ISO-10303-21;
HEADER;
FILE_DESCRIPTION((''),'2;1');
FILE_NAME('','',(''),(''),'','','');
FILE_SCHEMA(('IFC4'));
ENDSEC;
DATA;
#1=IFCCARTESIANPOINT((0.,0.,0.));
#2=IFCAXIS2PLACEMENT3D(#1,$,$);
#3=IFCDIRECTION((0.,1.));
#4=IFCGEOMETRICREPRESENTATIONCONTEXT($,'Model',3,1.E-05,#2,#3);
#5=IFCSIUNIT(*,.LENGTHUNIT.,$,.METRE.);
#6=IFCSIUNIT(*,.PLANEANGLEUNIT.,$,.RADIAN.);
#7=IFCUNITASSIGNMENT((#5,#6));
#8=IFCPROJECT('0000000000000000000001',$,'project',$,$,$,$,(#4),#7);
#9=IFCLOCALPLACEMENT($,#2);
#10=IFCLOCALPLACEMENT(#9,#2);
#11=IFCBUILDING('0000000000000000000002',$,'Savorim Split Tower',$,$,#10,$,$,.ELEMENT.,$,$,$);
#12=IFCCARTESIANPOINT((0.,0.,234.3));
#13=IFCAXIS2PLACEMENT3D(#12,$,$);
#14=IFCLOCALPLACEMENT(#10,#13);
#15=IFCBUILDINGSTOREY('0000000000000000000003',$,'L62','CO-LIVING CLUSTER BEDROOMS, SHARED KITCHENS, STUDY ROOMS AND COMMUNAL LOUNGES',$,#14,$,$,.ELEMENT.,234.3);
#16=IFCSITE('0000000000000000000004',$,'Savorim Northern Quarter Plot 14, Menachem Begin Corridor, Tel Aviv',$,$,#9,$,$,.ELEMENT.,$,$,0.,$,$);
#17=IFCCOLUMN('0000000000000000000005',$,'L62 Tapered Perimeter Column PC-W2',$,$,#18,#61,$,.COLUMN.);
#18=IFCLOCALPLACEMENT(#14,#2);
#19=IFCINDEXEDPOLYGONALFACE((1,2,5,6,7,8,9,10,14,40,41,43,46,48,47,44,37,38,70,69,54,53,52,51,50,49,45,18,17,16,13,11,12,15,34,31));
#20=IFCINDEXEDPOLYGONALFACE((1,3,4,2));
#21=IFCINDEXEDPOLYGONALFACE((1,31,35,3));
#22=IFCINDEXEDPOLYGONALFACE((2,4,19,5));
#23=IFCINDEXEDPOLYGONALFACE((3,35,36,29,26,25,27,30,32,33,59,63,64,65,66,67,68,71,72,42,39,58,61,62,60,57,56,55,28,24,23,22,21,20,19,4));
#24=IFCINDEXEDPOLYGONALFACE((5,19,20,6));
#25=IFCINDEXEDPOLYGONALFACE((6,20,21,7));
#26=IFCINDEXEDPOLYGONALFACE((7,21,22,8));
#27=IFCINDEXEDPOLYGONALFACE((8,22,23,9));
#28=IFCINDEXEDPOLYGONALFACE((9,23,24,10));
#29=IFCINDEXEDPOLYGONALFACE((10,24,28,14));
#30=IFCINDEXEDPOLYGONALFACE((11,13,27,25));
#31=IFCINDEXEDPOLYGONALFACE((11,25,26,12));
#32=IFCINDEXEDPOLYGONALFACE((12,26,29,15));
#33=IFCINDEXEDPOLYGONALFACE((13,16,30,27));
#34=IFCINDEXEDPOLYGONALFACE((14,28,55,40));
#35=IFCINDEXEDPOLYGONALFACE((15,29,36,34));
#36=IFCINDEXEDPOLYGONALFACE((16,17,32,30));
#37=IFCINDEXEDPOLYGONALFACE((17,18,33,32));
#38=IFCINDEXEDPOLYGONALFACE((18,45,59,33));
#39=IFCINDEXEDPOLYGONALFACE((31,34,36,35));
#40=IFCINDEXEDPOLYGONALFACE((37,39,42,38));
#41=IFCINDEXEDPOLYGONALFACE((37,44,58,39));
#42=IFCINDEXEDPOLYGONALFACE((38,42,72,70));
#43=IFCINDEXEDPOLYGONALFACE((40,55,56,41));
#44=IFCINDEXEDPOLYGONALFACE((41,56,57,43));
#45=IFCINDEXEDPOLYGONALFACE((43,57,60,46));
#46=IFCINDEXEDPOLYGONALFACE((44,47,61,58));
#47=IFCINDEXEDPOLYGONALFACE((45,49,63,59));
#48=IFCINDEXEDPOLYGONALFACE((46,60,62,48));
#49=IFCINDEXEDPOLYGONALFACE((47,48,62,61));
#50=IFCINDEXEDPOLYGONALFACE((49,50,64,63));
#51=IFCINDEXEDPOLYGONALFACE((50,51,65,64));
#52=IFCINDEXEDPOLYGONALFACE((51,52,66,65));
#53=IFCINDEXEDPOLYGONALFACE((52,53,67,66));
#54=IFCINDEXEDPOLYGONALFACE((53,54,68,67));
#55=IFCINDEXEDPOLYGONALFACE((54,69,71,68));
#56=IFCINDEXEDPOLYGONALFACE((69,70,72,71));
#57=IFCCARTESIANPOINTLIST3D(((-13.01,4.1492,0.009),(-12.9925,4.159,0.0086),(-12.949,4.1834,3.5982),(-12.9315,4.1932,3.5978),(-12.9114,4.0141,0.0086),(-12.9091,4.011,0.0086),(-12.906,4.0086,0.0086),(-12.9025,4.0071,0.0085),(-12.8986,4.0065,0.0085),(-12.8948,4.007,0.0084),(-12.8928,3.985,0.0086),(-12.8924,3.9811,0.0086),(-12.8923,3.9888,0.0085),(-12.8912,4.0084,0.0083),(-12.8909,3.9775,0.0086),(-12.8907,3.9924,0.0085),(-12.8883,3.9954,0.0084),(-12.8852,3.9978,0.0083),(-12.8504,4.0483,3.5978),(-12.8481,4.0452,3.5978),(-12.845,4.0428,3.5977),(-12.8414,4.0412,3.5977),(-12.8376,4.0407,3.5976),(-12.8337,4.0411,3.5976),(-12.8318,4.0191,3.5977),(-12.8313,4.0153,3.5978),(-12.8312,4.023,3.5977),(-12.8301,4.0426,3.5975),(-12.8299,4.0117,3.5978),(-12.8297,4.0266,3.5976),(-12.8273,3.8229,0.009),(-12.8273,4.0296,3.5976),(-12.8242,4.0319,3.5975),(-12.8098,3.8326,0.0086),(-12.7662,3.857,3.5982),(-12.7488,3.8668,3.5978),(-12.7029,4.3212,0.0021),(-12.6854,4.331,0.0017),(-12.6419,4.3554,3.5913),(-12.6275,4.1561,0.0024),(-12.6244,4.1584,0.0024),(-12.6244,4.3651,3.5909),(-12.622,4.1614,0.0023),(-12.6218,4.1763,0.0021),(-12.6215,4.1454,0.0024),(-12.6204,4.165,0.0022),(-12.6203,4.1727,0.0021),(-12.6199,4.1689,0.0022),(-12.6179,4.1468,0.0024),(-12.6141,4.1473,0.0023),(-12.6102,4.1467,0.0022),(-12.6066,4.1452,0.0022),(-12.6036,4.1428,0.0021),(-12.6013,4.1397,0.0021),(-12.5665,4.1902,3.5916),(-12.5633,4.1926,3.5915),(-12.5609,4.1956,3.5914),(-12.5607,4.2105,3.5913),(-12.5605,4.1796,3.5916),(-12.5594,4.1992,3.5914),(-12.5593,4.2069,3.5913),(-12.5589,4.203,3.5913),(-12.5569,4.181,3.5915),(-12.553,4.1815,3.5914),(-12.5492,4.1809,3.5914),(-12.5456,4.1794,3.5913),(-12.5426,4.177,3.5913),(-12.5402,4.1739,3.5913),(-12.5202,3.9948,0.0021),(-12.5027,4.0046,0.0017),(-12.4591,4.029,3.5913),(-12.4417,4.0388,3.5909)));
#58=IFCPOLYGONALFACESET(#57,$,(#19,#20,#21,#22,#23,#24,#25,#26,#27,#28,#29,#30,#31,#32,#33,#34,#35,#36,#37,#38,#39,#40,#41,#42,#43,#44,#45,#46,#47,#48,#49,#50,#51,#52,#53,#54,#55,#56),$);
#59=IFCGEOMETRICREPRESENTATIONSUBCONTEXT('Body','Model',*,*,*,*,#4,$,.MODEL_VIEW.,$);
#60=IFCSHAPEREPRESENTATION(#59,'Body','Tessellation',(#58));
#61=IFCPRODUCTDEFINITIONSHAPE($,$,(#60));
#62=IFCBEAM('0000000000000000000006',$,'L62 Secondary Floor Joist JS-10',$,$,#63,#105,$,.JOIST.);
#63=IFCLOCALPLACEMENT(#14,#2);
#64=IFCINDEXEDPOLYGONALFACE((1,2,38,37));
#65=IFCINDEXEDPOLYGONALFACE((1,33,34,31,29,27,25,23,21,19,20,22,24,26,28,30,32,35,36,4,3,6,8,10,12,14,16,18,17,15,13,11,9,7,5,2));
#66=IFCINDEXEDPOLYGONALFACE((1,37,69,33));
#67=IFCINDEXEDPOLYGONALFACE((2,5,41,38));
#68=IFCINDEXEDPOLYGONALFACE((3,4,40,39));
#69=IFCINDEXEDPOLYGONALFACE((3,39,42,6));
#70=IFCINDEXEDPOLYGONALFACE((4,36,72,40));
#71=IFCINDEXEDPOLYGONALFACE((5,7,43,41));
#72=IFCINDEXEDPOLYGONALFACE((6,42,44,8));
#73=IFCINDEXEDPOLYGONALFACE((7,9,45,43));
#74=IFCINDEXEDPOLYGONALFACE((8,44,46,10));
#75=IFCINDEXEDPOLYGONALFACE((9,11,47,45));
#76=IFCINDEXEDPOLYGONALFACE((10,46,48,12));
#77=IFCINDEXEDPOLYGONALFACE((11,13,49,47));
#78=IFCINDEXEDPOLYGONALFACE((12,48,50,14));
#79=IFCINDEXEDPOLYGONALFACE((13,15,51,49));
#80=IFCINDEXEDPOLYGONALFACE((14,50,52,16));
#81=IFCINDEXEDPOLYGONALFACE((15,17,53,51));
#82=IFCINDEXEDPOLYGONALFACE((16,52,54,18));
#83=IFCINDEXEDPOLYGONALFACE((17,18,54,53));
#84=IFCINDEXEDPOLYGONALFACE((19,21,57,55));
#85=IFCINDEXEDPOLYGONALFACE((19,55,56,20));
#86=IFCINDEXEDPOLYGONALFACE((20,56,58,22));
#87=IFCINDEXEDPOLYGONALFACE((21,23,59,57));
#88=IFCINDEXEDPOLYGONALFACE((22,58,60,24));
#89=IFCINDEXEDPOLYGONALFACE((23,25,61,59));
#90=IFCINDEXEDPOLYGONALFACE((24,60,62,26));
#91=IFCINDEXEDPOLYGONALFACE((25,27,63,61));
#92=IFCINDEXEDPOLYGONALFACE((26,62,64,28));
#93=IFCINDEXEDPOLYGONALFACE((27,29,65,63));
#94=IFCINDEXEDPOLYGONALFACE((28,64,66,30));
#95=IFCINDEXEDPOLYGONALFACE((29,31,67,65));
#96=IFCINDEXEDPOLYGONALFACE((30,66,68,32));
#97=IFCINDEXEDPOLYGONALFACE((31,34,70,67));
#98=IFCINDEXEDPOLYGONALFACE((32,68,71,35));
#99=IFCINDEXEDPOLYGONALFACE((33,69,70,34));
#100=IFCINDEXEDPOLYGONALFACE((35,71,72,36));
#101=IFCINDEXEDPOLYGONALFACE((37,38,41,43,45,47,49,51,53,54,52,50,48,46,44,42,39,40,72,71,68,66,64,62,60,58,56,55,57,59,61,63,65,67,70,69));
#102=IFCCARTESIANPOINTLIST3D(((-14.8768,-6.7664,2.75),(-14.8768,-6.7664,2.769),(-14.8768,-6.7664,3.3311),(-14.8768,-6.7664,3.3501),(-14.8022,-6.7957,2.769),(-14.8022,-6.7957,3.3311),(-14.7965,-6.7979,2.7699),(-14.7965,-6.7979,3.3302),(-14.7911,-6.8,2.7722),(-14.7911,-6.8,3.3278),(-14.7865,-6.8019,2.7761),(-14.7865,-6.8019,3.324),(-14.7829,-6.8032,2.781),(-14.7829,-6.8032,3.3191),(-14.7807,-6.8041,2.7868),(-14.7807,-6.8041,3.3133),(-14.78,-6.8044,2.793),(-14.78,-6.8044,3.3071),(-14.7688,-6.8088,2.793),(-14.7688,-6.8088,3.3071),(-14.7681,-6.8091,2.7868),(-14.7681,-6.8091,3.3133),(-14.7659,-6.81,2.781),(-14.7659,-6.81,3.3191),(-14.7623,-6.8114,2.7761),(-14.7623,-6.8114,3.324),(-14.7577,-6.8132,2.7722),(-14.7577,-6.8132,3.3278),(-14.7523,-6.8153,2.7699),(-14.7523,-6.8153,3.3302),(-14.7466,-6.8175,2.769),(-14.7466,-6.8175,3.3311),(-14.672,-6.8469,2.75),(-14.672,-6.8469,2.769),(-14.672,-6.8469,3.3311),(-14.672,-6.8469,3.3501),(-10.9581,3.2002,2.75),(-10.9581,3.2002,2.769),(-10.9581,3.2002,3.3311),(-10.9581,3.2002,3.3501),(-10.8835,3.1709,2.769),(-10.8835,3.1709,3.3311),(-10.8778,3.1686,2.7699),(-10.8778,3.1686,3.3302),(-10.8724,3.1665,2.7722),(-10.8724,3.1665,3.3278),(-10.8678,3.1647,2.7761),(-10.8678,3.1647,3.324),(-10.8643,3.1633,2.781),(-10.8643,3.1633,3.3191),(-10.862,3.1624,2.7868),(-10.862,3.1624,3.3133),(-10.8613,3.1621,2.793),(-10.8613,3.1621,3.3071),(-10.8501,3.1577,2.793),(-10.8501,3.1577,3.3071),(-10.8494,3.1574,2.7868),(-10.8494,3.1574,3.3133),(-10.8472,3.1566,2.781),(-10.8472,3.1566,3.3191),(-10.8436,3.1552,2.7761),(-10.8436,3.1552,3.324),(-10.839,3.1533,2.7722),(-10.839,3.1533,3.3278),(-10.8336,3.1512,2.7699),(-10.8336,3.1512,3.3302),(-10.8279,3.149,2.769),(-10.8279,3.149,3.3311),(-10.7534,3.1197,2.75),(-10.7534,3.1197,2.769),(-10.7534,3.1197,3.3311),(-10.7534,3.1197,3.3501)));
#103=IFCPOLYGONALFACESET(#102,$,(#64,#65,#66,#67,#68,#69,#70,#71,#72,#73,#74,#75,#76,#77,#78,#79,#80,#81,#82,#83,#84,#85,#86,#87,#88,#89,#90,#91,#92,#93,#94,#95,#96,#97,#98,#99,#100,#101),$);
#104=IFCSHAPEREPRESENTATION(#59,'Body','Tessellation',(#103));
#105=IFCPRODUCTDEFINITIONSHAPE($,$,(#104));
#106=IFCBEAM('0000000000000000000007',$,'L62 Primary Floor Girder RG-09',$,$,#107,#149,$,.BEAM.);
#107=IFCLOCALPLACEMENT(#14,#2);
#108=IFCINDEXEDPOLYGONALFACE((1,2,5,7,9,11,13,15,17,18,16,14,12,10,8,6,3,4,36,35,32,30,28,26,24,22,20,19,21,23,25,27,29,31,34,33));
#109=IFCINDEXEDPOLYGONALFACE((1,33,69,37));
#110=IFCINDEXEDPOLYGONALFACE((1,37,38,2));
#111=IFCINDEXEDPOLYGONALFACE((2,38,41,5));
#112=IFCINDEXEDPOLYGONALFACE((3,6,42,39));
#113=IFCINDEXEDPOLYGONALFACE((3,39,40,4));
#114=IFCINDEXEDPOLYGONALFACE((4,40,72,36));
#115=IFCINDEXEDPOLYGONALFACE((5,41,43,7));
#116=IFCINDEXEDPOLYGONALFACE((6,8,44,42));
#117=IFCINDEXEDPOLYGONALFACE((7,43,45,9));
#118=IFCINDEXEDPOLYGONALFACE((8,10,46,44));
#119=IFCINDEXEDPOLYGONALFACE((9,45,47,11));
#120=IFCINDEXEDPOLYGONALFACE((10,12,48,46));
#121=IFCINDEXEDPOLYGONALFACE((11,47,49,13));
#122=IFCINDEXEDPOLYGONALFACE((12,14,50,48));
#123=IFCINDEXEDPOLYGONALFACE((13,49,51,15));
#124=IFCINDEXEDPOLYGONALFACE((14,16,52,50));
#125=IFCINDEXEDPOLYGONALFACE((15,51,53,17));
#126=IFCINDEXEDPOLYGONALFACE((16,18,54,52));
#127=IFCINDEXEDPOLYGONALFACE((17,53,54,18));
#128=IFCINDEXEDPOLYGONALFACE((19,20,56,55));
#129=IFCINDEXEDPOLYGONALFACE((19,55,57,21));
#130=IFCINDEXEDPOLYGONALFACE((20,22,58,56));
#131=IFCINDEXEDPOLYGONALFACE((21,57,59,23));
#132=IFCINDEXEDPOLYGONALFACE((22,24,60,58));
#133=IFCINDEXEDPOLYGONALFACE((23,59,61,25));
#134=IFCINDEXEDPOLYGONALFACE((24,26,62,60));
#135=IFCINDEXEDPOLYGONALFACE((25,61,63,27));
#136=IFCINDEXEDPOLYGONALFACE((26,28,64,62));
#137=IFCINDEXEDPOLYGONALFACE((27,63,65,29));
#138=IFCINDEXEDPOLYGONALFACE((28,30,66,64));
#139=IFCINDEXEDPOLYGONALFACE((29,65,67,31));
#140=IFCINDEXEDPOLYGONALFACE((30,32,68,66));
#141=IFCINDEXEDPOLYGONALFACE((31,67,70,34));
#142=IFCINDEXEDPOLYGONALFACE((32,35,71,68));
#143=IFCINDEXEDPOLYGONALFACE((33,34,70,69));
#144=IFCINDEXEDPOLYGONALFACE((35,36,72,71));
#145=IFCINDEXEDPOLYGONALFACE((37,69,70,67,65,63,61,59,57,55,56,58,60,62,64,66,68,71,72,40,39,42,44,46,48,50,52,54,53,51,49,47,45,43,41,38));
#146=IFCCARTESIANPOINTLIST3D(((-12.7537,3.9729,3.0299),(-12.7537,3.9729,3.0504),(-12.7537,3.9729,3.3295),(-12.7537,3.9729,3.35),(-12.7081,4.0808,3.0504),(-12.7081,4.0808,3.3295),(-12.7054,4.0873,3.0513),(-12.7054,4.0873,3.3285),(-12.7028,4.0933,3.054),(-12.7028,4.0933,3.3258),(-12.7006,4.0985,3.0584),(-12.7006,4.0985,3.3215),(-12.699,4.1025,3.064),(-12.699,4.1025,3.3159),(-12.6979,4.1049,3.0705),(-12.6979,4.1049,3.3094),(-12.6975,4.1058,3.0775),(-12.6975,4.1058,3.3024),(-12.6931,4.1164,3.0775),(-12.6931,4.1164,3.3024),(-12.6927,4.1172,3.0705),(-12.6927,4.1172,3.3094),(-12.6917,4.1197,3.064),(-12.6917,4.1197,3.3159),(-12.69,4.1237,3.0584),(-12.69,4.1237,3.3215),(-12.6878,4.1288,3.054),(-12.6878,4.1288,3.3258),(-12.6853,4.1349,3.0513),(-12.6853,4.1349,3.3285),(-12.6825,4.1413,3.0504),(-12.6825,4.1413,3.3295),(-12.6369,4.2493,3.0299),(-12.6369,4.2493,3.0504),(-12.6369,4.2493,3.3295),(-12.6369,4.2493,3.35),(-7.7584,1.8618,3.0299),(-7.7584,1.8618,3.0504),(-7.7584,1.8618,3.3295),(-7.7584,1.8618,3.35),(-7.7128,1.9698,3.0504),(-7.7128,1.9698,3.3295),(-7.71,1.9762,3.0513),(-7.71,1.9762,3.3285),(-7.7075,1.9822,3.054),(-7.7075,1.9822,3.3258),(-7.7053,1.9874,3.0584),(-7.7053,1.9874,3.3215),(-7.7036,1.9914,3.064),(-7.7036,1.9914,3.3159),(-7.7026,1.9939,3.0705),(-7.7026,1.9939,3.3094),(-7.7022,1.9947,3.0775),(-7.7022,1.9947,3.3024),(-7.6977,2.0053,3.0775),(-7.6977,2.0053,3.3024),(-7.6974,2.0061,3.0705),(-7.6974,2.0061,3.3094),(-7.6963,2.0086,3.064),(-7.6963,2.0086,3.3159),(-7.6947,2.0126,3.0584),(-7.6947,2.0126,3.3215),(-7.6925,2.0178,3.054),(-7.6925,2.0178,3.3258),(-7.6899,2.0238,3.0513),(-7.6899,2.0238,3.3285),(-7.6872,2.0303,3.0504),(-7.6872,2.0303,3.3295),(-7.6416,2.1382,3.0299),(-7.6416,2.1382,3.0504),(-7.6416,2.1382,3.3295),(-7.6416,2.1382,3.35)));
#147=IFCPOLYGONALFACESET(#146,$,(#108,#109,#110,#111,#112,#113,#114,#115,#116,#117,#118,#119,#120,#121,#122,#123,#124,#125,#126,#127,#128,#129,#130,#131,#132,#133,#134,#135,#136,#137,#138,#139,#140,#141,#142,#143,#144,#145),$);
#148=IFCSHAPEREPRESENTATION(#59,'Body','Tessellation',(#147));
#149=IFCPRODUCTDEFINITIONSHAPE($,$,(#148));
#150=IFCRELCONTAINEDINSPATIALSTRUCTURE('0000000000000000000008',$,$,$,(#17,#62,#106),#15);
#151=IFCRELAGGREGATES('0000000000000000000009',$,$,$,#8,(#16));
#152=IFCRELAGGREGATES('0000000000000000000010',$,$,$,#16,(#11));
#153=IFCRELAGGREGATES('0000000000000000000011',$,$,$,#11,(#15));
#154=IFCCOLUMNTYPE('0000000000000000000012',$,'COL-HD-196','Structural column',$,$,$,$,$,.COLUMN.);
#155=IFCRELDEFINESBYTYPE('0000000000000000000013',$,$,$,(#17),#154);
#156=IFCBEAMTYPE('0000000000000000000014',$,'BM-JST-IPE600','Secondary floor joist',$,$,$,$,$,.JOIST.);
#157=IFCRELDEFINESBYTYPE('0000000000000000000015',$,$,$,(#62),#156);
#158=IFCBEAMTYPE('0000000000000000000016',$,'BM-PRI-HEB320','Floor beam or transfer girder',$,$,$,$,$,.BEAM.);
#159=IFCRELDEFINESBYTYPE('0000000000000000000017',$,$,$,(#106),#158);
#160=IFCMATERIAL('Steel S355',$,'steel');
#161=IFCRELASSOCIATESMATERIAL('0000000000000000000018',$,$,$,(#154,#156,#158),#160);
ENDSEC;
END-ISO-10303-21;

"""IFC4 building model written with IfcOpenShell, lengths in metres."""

from ifc_helpers import new_model, si_unit, direction, frame, origin, origin_2d, place, context, subcontext, project, spatial, i_section, extrude, material, material_profile, profile_set, type_object, element, save


model = new_model("IFC4")

# Units and contexts
model_context = context("Model", 3, precision=1e-05, world=origin(), true_north=direction((0.0, 1.0)))
body_context = subcontext(model_context, "Body", "Model", "MODEL_VIEW")
ifc_project = project(units=[si_unit("LENGTHUNIT", "METRE"), si_unit("PLANEANGLEUNIT", "RADIAN")], contexts=[model_context])

# Site, building, storey
site_placement = place(None, origin())
site = spatial("IfcSite", under=ifc_project, at=site_placement, Name="Savorim Northern Quarter Plot 14, Menachem Begin Corridor, Tel Aviv", CompositionType="ELEMENT", RefElevation=0.0)
building_placement = place(site_placement, origin())
building = spatial("IfcBuilding", under=site, at=building_placement, Name="Savorim Split Tower", CompositionType="ELEMENT")
storey_placement = place(building_placement, frame((0.0, 0.0, 234.3)))
storey = spatial("IfcBuildingStorey", under=building, at=storey_placement, Name="L62", Description="CO-LIVING CLUSTER BEDROOMS, SHARED KITCHENS, STUDY ROOMS AND COMMUNAL LOUNGES", CompositionType="ELEMENT", Elevation=234.3)

# Column
ifc_material_1 = material(Name="Steel S355", Category="steel")
ifc_material_profile_1 = material_profile(ifc_material_1, i_section(OverallWidth=0.374, OverallDepth=0.3721, WebThickness=0.0122, FlangeThickness=0.02, FilletRadius=0.0149, at=origin_2d()), Name="HD 360x196")
ifc_profile_set_1 = profile_set([ifc_material_profile_1], Name="Steel S355")
column_type = type_object("IfcColumnType", Name="COL-HD-196", Description="Structural column", PredefinedType="COLUMN", material=ifc_profile_set_1)
column_placement = place(storey_placement, frame((-12.7563, 4.0769, 0.0054), z_axis=(0.017002, 0.009521, 0.99981), x_axis=(-0.488603, 0.872506, 0.0)))
element("IfcColumn", 1, at=column_placement, inside=storey, type_object=column_type, Name="L62 Tapered Perimeter Column PC-W2", PredefinedType="COLUMN", context=body_context, shape_type="SweptSolid", body=[
    extrude(i_section(OverallWidth=0.374, OverallDepth=0.3721, WebThickness=0.0122, FlangeThickness=0.02, FilletRadius=0.0149, at=origin_2d()), origin(), (0.0, 0.0, 1.0), 3.5898),
])

# Beams
ifc_material_profile_2 = material_profile(ifc_material_1, i_section(OverallWidth=0.22, OverallDepth=0.6001, WebThickness=0.012, FlangeThickness=0.019, FilletRadius=0.0239, at=origin_2d()), Name="IPE 600")
ifc_profile_set_2 = profile_set([ifc_material_profile_2], Name="Steel S355")
beam_type_1 = type_object("IfcBeamType", Name="BM-JST-IPE600", Description="Secondary floor joist", PredefinedType="JOIST", material=ifc_profile_set_2)
beam_1_placement = place(storey_placement, frame((-10.8557, 3.1599, 3.05), z_axis=(-0.365917, -0.930648, 0.0), x_axis=(0.930648, -0.365917, 0.0)))
element("IfcBeam", 2, at=beam_1_placement, inside=storey, type_object=beam_type_1, Name="L62 Secondary Floor Joist JS-10", PredefinedType="JOIST", context=body_context, shape_type="SweptSolid", body=[
    extrude(i_section(OverallWidth=0.22, OverallDepth=0.6001, WebThickness=0.012, FlangeThickness=0.019, FilletRadius=0.0239, at=origin_2d()), origin(), (0.0, 0.0, 1.0), 10.7092),
])
ifc_material_profile_3 = material_profile(ifc_material_1, i_section(OverallWidth=0.3, OverallDepth=0.3201, WebThickness=0.0115, FlangeThickness=0.0205, FilletRadius=0.0271, at=origin_2d()), Name="HEB 320")
ifc_profile_set_3 = profile_set([ifc_material_profile_3], Name="Steel S355")
beam_type_2 = type_object("IfcBeamType", Name="BM-PRI-HEB320", Description="Floor beam or transfer girder", PredefinedType="BEAM", material=ifc_profile_set_3)
beam_2_placement = place(storey_placement, frame((-12.6953, 4.1111, 3.1899), z_axis=(0.921122, -0.389274, 0.0), x_axis=(0.389274, 0.921122, 0.0)))
element("IfcBeam", 3, at=beam_2_placement, inside=storey, type_object=beam_type_2, Name="L62 Primary Floor Girder RG-09", PredefinedType="BEAM", context=body_context, shape_type="SweptSolid", body=[
    extrude(i_section(OverallWidth=0.3, OverallDepth=0.3201, WebThickness=0.0115, FlangeThickness=0.0205, FilletRadius=0.0271, at=origin_2d()), origin(), (0.0, 0.0, 1.0), 5.4231),
])

save(model, "model.ifc")
